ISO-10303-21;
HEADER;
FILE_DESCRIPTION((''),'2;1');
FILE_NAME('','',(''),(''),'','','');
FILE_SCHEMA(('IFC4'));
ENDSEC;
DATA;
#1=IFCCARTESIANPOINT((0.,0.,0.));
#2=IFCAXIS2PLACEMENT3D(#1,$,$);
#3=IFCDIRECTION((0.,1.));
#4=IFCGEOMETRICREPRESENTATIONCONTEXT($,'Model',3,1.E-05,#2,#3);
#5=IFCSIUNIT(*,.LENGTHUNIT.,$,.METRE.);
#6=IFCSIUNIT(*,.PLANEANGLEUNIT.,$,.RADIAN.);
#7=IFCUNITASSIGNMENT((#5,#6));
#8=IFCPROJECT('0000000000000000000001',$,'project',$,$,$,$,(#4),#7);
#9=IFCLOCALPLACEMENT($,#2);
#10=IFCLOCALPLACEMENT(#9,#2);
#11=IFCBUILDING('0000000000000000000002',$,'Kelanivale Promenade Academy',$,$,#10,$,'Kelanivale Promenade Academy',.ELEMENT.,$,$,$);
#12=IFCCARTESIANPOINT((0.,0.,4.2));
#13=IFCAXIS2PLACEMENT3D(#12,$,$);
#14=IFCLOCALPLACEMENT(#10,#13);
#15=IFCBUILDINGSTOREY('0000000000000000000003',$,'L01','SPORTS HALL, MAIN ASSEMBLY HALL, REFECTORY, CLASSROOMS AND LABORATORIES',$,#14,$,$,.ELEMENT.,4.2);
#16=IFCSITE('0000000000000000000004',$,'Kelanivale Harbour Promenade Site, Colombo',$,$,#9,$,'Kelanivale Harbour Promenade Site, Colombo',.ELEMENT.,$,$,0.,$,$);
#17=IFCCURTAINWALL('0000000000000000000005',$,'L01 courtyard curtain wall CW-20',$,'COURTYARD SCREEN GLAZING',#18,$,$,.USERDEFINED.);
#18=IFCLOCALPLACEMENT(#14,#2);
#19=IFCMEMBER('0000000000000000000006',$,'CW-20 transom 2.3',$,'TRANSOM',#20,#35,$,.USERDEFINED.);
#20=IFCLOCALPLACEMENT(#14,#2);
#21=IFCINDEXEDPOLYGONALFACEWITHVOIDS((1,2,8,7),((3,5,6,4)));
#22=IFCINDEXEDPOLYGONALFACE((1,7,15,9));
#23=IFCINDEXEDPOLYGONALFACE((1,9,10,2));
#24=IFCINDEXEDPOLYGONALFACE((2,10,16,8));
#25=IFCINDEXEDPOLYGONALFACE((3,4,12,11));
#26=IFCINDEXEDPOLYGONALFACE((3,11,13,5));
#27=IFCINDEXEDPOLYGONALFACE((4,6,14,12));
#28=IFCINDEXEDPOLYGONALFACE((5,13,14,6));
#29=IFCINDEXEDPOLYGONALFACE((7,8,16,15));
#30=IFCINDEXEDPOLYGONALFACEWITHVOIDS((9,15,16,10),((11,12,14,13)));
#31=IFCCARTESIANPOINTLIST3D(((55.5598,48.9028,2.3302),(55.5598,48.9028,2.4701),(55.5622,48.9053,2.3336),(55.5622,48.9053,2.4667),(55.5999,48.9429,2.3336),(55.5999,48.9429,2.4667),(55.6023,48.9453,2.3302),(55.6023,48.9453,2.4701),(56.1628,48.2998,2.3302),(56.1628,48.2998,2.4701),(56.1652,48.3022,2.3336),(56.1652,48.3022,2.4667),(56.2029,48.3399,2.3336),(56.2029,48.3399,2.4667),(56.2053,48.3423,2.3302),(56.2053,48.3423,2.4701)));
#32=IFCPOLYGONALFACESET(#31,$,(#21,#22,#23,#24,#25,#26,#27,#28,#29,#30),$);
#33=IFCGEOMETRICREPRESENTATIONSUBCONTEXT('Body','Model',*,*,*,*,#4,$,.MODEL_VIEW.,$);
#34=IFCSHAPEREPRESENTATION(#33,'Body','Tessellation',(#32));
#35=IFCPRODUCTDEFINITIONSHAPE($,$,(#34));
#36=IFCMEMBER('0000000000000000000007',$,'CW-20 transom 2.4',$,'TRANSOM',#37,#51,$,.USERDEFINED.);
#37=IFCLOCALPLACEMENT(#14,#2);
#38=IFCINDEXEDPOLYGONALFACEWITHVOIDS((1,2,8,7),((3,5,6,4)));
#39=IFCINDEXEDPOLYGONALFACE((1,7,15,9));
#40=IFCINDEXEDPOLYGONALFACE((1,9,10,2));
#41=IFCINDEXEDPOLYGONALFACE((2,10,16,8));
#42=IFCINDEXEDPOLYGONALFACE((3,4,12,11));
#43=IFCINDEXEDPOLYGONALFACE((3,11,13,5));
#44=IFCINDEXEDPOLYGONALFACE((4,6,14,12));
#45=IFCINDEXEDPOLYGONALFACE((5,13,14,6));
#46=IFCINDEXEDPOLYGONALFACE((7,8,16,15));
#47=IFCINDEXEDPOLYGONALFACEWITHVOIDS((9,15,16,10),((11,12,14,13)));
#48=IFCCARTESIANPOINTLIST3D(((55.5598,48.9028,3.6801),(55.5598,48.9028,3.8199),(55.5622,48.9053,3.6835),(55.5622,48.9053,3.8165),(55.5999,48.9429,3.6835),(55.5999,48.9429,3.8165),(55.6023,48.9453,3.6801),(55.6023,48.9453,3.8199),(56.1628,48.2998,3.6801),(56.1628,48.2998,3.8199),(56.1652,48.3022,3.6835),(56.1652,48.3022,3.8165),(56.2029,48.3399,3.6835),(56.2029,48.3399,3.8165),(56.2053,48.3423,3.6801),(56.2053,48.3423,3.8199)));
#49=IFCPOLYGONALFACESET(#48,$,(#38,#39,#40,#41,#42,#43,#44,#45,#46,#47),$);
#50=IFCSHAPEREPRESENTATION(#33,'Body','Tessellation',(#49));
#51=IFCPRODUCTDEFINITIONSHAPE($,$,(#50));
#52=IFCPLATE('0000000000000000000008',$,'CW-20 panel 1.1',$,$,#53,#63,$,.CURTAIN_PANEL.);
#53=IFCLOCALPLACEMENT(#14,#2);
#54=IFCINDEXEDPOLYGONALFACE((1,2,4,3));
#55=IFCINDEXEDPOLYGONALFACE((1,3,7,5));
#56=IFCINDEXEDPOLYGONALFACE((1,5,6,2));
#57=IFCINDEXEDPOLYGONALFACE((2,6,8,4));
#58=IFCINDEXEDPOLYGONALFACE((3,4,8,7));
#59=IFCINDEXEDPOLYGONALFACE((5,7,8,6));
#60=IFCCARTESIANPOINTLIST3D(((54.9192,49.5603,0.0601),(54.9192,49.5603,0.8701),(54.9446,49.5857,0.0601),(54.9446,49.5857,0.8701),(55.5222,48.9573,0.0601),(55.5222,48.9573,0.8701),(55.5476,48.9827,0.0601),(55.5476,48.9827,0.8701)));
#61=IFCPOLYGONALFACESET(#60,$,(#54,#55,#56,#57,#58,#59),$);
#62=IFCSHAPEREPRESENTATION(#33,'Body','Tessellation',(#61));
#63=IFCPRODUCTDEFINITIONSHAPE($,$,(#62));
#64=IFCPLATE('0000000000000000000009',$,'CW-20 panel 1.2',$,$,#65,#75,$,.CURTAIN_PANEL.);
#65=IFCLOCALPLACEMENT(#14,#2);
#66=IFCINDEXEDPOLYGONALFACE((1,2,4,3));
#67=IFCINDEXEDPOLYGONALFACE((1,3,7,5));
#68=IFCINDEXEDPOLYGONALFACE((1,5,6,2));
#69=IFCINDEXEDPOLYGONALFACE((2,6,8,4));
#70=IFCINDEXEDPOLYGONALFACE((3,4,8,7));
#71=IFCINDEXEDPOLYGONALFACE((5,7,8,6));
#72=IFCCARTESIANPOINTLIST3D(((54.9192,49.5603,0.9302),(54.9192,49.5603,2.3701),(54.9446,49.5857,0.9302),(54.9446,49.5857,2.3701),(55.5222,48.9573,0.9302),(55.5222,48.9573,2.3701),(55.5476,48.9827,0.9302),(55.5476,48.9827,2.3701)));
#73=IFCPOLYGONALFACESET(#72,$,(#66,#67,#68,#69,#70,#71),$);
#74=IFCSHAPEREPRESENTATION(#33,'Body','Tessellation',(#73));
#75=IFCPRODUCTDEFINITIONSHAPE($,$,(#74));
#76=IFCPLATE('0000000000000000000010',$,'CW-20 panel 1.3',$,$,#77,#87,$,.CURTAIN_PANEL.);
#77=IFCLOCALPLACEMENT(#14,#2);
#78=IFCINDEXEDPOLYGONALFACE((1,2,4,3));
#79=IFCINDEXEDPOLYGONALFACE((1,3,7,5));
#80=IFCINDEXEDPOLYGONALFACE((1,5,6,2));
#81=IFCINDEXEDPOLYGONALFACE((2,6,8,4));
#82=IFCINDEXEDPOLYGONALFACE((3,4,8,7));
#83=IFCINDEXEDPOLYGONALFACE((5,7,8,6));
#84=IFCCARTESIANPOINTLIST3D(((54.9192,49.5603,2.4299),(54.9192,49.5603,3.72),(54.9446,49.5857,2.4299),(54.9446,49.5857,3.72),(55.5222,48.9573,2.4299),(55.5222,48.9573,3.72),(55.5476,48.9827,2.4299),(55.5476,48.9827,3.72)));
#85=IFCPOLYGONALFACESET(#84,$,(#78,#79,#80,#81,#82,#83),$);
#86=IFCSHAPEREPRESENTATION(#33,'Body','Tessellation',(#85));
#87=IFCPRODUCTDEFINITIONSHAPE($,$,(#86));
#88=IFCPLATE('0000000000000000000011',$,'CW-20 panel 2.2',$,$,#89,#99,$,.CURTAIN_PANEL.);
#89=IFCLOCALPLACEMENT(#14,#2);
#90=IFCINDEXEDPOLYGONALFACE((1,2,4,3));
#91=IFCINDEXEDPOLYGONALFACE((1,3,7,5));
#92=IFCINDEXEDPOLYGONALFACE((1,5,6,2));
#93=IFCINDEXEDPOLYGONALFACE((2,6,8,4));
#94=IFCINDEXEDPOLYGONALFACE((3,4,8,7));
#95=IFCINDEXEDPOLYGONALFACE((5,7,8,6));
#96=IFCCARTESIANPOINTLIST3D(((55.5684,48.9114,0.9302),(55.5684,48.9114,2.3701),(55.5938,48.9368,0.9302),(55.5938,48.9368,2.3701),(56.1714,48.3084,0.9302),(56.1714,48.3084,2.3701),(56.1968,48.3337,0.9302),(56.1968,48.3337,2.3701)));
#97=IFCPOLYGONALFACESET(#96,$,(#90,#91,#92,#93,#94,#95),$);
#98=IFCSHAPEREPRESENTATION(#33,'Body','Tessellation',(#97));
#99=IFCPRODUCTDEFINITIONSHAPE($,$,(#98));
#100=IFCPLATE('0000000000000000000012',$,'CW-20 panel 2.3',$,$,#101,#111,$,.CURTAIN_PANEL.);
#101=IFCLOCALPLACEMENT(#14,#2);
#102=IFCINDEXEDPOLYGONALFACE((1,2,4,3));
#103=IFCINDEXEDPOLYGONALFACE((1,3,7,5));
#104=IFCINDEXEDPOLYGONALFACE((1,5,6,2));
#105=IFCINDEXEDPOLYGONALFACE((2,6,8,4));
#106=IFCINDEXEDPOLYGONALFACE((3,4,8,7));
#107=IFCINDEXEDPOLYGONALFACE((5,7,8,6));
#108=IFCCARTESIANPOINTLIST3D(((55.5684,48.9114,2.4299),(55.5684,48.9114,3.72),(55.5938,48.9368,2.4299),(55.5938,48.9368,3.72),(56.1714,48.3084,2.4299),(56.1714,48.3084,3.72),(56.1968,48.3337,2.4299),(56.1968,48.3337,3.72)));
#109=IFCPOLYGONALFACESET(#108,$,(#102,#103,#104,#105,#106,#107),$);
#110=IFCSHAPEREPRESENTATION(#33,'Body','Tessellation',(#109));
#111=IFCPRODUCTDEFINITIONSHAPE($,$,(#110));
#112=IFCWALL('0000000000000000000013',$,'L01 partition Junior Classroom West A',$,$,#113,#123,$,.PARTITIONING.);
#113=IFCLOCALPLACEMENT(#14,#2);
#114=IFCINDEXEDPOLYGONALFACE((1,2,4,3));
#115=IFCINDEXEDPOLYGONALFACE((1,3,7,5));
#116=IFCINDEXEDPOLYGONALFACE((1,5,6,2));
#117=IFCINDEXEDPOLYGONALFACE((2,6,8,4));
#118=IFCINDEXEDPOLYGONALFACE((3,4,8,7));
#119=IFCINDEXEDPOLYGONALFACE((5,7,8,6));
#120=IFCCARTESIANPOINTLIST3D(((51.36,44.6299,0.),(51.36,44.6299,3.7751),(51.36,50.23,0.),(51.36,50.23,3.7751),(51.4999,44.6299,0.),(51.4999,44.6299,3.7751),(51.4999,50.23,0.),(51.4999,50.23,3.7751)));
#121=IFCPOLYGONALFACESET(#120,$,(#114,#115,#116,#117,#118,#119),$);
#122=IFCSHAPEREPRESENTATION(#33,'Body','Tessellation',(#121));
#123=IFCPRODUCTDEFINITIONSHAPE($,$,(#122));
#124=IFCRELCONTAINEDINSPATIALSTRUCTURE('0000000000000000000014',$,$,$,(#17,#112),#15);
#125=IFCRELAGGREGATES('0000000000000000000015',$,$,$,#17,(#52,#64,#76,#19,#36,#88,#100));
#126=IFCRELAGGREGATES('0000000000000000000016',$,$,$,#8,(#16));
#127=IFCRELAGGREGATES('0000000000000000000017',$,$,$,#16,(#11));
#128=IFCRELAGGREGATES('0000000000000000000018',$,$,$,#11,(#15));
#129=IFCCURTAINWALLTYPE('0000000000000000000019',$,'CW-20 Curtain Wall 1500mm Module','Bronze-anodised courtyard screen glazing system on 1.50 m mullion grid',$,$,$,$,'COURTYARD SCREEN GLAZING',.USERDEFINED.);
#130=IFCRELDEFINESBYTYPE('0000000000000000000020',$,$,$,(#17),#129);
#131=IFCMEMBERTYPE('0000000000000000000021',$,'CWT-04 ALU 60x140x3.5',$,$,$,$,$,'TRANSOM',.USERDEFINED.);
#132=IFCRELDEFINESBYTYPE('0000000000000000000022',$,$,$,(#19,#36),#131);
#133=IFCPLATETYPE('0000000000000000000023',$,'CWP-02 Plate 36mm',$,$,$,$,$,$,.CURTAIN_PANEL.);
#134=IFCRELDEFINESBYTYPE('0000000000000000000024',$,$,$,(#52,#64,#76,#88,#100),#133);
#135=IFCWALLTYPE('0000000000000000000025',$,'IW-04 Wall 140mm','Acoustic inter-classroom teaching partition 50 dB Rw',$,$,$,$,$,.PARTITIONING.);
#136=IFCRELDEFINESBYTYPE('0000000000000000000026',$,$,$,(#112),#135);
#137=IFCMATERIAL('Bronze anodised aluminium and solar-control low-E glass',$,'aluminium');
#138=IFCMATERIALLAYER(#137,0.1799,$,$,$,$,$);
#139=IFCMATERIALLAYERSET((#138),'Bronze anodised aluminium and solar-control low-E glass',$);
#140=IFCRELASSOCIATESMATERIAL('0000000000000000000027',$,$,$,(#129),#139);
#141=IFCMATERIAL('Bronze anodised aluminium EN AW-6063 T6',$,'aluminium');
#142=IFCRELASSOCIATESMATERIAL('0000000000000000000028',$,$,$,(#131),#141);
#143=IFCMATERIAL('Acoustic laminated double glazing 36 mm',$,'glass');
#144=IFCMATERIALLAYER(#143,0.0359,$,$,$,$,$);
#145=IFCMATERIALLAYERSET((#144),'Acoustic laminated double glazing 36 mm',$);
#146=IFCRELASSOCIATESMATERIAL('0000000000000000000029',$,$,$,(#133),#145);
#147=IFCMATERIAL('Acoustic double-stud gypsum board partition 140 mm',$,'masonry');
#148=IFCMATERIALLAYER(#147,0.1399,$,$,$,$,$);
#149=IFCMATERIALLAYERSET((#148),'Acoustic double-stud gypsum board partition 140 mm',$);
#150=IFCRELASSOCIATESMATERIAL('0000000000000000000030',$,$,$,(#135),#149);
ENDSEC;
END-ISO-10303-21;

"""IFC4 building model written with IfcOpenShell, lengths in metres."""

from ifc_helpers import new_model, si_unit, direction, frame, frame_2d, origin, origin_2d, place, context, subcontext, project, spatial, rectangle, hollow_rectangle, extrude, material, layer, layer_set, material_profile, profile_set, type_object, element, aggregate, save


model = new_model("IFC4")

# Units and contexts
model_context = context("Model", 3, precision=1e-05, world=origin(), true_north=direction((0.0, 1.0)))
body_context = subcontext(model_context, "Body", "Model", "MODEL_VIEW")
ifc_project = project(units=[si_unit("LENGTHUNIT", "METRE"), si_unit("PLANEANGLEUNIT", "RADIAN")], contexts=[model_context])

# Site, building, storey
site_placement = place(None, origin())
site = spatial("IfcSite", under=ifc_project, at=site_placement, Name="Kelanivale Harbour Promenade Site, Colombo", LongName="Kelanivale Harbour Promenade Site, Colombo", CompositionType="ELEMENT", RefElevation=0.0)
building_placement = place(site_placement, origin())
building = spatial("IfcBuilding", under=site, at=building_placement, Name="Kelanivale Promenade Academy", LongName="Kelanivale Promenade Academy", CompositionType="ELEMENT")
storey_placement = place(building_placement, frame((0.0, 0.0, 4.2)))
storey = spatial("IfcBuildingStorey", under=building, at=storey_placement, Name="L01", Description="SPORTS HALL, MAIN ASSEMBLY HALL, REFECTORY, CLASSROOMS AND LABORATORIES", CompositionType="ELEMENT", Elevation=4.2)

# Curtain wall, members, plates
ifc_material_1 = material(Name="Bronze anodised aluminium and solar-control low-E glass", Category="aluminium")
ifc_layer_1 = layer(ifc_material_1, 0.1799)
ifc_layer_set_1 = layer_set([ifc_layer_1], Name="Bronze anodised aluminium and solar-control low-E glass")
curtain_wall_type = type_object("IfcCurtainWallType", Name="CW-20 Curtain Wall 1500mm Module", Description="Bronze-anodised courtyard screen glazing system on 1.50 m mullion grid", ElementType="COURTYARD SCREEN GLAZING", PredefinedType="USERDEFINED", material=ifc_layer_set_1)
curtain_wall_placement = place(storey_placement, origin())
curtain_wall = element("IfcCurtainWall", 1, at=curtain_wall_placement, inside=storey, type_object=curtain_wall_type, Name="L01 courtyard curtain wall CW-20", ObjectType="COURTYARD SCREEN GLAZING", PredefinedType="USERDEFINED")
ifc_material_2 = material(Name="Bronze anodised aluminium EN AW-6063 T6", Category="aluminium")
ifc_material_profile_1 = material_profile(ifc_material_2, hollow_rectangle(XDim=0.0601, YDim=0.1399, WallThickness=0.0034, at=origin_2d()), Name="ALU 60x140x3.5")
ifc_profile_set_1 = profile_set([ifc_material_profile_1], Name="Bronze anodised aluminium EN AW-6063 T6")
member_type_1 = type_object("IfcMemberType", Name="CWT-04 ALU 60x140x3.5", ElementType="TRANSOM", PredefinedType="USERDEFINED", material=ifc_profile_set_1)
member_1_placement = place(storey_placement, frame((55.5811, 48.9241, 2.4001), z_axis=(0.707107, -0.707107, 0.0), x_axis=(0.707107, 0.707107, 0.0)))
member_1 = element("IfcMember", 2, at=member_1_placement, type_object=member_type_1, Name="CW-20 transom 2.3", ObjectType="TRANSOM", PredefinedType="USERDEFINED", context=body_context, shape_type="SweptSolid", body=[
    extrude(hollow_rectangle(XDim=0.0601, YDim=0.1399, WallThickness=0.0034, at=origin_2d()), origin(), (0.0, 0.0, 1.0), 0.8528),
])
member_2_placement = place(storey_placement, frame((55.5811, 48.9241, 3.75), z_axis=(0.707107, -0.707107, 0.0), x_axis=(0.707107, 0.707107, 0.0)))
member_2 = element("IfcMember", 3, at=member_2_placement, type_object=member_type_1, Name="CW-20 transom 2.4", ObjectType="TRANSOM", PredefinedType="USERDEFINED", context=body_context, shape_type="SweptSolid", body=[
    extrude(hollow_rectangle(XDim=0.0601, YDim=0.1399, WallThickness=0.0034, at=origin_2d()), origin(), (0.0, 0.0, 1.0), 0.8528),
])
ifc_material_3 = material(Name="Acoustic laminated double glazing 36 mm", Category="glass")
ifc_layer_2 = layer(ifc_material_3, 0.0359)
ifc_layer_set_2 = layer_set([ifc_layer_2], Name="Acoustic laminated double glazing 36 mm")
plate_type = type_object("IfcPlateType", Name="CWP-02 Plate 36mm", PredefinedType="CURTAIN_PANEL", material=ifc_layer_set_2)
plate_1_placement = place(storey_placement, frame((55.2334, 49.2715, 0.0601), z_axis=(0.0, 0.0, 1.0), x_axis=(0.707107, -0.707107, 0.0)))
plate_1 = element("IfcPlate", 4, at=plate_1_placement, type_object=plate_type, Name="CW-20 panel 1.1", PredefinedType="CURTAIN_PANEL", context=body_context, shape_type="SweptSolid", body=[
    extrude(rectangle(XDim=0.8528, YDim=0.0359, at=origin_2d()), origin(), (0.0, 0.0, 1.0), 0.8101),
])
plate_2_placement = place(storey_placement, frame((55.2334, 49.2715, 0.9302), z_axis=(0.0, 0.0, 1.0), x_axis=(0.707107, -0.707107, 0.0)))
plate_2 = element("IfcPlate", 5, at=plate_2_placement, type_object=plate_type, Name="CW-20 panel 1.2", PredefinedType="CURTAIN_PANEL", context=body_context, shape_type="SweptSolid", body=[
    extrude(rectangle(XDim=0.8528, YDim=0.0359, at=origin_2d()), origin(), (0.0, 0.0, 1.0), 1.4399),
])
plate_3_placement = place(storey_placement, frame((55.2334, 49.2715, 2.4299), z_axis=(0.0, 0.0, 1.0), x_axis=(0.707107, -0.707107, 0.0)))
plate_3 = element("IfcPlate", 6, at=plate_3_placement, type_object=plate_type, Name="CW-20 panel 1.3", PredefinedType="CURTAIN_PANEL", context=body_context, shape_type="SweptSolid", body=[
    extrude(rectangle(XDim=0.8528, YDim=0.0359, at=origin_2d()), origin(), (0.0, 0.0, 1.0), 1.29),
])
plate_4_placement = place(storey_placement, frame((55.8826, 48.6226, 0.9302), z_axis=(0.0, 0.0, 1.0), x_axis=(0.707107, -0.707107, 0.0)))
plate_4 = element("IfcPlate", 7, at=plate_4_placement, type_object=plate_type, Name="CW-20 panel 2.2", PredefinedType="CURTAIN_PANEL", context=body_context, shape_type="SweptSolid", body=[
    extrude(rectangle(XDim=0.8528, YDim=0.0359, at=origin_2d()), origin(), (0.0, 0.0, 1.0), 1.4399),
])
plate_5_placement = place(storey_placement, frame((55.8826, 48.6226, 2.4299), z_axis=(0.0, 0.0, 1.0), x_axis=(0.707107, -0.707107, 0.0)))
plate_5 = element("IfcPlate", 8, at=plate_5_placement, type_object=plate_type, Name="CW-20 panel 2.3", PredefinedType="CURTAIN_PANEL", context=body_context, shape_type="SweptSolid", body=[
    extrude(rectangle(XDim=0.8528, YDim=0.0359, at=origin_2d()), origin(), (0.0, 0.0, 1.0), 1.29),
])
aggregate(curtain_wall, [plate_1, plate_2, plate_3, member_1, member_2, plate_4, plate_5])

# Wall
ifc_material_4 = material(Name="Acoustic double-stud gypsum board partition 140 mm", Category="masonry")
ifc_layer_3 = layer(ifc_material_4, 0.1399)
ifc_layer_set_3 = layer_set([ifc_layer_3], Name="Acoustic double-stud gypsum board partition 140 mm")
wall_type = type_object("IfcWallType", Name="IW-04 Wall 140mm", Description="Acoustic inter-classroom teaching partition 50 dB Rw", PredefinedType="PARTITIONING", material=ifc_layer_set_3)
wall_placement = place(storey_placement, frame((51.4299, 50.23, 0.0), z_axis=(0.0, 0.0, 1.0), x_axis=(0.0, -1.0, 0.0)))
element("IfcWall", 9, at=wall_placement, inside=storey, type_object=wall_type, Name="L01 partition Junior Classroom West A", PredefinedType="PARTITIONING", context=body_context, shape_type="SweptSolid", body=[
    extrude(rectangle(XDim=5.6001, YDim=0.1399, at=frame_2d((2.8, 0.0))), origin(), (0.0, 0.0, 1.0), 3.7751),
])

save(model, "model.ifc")
